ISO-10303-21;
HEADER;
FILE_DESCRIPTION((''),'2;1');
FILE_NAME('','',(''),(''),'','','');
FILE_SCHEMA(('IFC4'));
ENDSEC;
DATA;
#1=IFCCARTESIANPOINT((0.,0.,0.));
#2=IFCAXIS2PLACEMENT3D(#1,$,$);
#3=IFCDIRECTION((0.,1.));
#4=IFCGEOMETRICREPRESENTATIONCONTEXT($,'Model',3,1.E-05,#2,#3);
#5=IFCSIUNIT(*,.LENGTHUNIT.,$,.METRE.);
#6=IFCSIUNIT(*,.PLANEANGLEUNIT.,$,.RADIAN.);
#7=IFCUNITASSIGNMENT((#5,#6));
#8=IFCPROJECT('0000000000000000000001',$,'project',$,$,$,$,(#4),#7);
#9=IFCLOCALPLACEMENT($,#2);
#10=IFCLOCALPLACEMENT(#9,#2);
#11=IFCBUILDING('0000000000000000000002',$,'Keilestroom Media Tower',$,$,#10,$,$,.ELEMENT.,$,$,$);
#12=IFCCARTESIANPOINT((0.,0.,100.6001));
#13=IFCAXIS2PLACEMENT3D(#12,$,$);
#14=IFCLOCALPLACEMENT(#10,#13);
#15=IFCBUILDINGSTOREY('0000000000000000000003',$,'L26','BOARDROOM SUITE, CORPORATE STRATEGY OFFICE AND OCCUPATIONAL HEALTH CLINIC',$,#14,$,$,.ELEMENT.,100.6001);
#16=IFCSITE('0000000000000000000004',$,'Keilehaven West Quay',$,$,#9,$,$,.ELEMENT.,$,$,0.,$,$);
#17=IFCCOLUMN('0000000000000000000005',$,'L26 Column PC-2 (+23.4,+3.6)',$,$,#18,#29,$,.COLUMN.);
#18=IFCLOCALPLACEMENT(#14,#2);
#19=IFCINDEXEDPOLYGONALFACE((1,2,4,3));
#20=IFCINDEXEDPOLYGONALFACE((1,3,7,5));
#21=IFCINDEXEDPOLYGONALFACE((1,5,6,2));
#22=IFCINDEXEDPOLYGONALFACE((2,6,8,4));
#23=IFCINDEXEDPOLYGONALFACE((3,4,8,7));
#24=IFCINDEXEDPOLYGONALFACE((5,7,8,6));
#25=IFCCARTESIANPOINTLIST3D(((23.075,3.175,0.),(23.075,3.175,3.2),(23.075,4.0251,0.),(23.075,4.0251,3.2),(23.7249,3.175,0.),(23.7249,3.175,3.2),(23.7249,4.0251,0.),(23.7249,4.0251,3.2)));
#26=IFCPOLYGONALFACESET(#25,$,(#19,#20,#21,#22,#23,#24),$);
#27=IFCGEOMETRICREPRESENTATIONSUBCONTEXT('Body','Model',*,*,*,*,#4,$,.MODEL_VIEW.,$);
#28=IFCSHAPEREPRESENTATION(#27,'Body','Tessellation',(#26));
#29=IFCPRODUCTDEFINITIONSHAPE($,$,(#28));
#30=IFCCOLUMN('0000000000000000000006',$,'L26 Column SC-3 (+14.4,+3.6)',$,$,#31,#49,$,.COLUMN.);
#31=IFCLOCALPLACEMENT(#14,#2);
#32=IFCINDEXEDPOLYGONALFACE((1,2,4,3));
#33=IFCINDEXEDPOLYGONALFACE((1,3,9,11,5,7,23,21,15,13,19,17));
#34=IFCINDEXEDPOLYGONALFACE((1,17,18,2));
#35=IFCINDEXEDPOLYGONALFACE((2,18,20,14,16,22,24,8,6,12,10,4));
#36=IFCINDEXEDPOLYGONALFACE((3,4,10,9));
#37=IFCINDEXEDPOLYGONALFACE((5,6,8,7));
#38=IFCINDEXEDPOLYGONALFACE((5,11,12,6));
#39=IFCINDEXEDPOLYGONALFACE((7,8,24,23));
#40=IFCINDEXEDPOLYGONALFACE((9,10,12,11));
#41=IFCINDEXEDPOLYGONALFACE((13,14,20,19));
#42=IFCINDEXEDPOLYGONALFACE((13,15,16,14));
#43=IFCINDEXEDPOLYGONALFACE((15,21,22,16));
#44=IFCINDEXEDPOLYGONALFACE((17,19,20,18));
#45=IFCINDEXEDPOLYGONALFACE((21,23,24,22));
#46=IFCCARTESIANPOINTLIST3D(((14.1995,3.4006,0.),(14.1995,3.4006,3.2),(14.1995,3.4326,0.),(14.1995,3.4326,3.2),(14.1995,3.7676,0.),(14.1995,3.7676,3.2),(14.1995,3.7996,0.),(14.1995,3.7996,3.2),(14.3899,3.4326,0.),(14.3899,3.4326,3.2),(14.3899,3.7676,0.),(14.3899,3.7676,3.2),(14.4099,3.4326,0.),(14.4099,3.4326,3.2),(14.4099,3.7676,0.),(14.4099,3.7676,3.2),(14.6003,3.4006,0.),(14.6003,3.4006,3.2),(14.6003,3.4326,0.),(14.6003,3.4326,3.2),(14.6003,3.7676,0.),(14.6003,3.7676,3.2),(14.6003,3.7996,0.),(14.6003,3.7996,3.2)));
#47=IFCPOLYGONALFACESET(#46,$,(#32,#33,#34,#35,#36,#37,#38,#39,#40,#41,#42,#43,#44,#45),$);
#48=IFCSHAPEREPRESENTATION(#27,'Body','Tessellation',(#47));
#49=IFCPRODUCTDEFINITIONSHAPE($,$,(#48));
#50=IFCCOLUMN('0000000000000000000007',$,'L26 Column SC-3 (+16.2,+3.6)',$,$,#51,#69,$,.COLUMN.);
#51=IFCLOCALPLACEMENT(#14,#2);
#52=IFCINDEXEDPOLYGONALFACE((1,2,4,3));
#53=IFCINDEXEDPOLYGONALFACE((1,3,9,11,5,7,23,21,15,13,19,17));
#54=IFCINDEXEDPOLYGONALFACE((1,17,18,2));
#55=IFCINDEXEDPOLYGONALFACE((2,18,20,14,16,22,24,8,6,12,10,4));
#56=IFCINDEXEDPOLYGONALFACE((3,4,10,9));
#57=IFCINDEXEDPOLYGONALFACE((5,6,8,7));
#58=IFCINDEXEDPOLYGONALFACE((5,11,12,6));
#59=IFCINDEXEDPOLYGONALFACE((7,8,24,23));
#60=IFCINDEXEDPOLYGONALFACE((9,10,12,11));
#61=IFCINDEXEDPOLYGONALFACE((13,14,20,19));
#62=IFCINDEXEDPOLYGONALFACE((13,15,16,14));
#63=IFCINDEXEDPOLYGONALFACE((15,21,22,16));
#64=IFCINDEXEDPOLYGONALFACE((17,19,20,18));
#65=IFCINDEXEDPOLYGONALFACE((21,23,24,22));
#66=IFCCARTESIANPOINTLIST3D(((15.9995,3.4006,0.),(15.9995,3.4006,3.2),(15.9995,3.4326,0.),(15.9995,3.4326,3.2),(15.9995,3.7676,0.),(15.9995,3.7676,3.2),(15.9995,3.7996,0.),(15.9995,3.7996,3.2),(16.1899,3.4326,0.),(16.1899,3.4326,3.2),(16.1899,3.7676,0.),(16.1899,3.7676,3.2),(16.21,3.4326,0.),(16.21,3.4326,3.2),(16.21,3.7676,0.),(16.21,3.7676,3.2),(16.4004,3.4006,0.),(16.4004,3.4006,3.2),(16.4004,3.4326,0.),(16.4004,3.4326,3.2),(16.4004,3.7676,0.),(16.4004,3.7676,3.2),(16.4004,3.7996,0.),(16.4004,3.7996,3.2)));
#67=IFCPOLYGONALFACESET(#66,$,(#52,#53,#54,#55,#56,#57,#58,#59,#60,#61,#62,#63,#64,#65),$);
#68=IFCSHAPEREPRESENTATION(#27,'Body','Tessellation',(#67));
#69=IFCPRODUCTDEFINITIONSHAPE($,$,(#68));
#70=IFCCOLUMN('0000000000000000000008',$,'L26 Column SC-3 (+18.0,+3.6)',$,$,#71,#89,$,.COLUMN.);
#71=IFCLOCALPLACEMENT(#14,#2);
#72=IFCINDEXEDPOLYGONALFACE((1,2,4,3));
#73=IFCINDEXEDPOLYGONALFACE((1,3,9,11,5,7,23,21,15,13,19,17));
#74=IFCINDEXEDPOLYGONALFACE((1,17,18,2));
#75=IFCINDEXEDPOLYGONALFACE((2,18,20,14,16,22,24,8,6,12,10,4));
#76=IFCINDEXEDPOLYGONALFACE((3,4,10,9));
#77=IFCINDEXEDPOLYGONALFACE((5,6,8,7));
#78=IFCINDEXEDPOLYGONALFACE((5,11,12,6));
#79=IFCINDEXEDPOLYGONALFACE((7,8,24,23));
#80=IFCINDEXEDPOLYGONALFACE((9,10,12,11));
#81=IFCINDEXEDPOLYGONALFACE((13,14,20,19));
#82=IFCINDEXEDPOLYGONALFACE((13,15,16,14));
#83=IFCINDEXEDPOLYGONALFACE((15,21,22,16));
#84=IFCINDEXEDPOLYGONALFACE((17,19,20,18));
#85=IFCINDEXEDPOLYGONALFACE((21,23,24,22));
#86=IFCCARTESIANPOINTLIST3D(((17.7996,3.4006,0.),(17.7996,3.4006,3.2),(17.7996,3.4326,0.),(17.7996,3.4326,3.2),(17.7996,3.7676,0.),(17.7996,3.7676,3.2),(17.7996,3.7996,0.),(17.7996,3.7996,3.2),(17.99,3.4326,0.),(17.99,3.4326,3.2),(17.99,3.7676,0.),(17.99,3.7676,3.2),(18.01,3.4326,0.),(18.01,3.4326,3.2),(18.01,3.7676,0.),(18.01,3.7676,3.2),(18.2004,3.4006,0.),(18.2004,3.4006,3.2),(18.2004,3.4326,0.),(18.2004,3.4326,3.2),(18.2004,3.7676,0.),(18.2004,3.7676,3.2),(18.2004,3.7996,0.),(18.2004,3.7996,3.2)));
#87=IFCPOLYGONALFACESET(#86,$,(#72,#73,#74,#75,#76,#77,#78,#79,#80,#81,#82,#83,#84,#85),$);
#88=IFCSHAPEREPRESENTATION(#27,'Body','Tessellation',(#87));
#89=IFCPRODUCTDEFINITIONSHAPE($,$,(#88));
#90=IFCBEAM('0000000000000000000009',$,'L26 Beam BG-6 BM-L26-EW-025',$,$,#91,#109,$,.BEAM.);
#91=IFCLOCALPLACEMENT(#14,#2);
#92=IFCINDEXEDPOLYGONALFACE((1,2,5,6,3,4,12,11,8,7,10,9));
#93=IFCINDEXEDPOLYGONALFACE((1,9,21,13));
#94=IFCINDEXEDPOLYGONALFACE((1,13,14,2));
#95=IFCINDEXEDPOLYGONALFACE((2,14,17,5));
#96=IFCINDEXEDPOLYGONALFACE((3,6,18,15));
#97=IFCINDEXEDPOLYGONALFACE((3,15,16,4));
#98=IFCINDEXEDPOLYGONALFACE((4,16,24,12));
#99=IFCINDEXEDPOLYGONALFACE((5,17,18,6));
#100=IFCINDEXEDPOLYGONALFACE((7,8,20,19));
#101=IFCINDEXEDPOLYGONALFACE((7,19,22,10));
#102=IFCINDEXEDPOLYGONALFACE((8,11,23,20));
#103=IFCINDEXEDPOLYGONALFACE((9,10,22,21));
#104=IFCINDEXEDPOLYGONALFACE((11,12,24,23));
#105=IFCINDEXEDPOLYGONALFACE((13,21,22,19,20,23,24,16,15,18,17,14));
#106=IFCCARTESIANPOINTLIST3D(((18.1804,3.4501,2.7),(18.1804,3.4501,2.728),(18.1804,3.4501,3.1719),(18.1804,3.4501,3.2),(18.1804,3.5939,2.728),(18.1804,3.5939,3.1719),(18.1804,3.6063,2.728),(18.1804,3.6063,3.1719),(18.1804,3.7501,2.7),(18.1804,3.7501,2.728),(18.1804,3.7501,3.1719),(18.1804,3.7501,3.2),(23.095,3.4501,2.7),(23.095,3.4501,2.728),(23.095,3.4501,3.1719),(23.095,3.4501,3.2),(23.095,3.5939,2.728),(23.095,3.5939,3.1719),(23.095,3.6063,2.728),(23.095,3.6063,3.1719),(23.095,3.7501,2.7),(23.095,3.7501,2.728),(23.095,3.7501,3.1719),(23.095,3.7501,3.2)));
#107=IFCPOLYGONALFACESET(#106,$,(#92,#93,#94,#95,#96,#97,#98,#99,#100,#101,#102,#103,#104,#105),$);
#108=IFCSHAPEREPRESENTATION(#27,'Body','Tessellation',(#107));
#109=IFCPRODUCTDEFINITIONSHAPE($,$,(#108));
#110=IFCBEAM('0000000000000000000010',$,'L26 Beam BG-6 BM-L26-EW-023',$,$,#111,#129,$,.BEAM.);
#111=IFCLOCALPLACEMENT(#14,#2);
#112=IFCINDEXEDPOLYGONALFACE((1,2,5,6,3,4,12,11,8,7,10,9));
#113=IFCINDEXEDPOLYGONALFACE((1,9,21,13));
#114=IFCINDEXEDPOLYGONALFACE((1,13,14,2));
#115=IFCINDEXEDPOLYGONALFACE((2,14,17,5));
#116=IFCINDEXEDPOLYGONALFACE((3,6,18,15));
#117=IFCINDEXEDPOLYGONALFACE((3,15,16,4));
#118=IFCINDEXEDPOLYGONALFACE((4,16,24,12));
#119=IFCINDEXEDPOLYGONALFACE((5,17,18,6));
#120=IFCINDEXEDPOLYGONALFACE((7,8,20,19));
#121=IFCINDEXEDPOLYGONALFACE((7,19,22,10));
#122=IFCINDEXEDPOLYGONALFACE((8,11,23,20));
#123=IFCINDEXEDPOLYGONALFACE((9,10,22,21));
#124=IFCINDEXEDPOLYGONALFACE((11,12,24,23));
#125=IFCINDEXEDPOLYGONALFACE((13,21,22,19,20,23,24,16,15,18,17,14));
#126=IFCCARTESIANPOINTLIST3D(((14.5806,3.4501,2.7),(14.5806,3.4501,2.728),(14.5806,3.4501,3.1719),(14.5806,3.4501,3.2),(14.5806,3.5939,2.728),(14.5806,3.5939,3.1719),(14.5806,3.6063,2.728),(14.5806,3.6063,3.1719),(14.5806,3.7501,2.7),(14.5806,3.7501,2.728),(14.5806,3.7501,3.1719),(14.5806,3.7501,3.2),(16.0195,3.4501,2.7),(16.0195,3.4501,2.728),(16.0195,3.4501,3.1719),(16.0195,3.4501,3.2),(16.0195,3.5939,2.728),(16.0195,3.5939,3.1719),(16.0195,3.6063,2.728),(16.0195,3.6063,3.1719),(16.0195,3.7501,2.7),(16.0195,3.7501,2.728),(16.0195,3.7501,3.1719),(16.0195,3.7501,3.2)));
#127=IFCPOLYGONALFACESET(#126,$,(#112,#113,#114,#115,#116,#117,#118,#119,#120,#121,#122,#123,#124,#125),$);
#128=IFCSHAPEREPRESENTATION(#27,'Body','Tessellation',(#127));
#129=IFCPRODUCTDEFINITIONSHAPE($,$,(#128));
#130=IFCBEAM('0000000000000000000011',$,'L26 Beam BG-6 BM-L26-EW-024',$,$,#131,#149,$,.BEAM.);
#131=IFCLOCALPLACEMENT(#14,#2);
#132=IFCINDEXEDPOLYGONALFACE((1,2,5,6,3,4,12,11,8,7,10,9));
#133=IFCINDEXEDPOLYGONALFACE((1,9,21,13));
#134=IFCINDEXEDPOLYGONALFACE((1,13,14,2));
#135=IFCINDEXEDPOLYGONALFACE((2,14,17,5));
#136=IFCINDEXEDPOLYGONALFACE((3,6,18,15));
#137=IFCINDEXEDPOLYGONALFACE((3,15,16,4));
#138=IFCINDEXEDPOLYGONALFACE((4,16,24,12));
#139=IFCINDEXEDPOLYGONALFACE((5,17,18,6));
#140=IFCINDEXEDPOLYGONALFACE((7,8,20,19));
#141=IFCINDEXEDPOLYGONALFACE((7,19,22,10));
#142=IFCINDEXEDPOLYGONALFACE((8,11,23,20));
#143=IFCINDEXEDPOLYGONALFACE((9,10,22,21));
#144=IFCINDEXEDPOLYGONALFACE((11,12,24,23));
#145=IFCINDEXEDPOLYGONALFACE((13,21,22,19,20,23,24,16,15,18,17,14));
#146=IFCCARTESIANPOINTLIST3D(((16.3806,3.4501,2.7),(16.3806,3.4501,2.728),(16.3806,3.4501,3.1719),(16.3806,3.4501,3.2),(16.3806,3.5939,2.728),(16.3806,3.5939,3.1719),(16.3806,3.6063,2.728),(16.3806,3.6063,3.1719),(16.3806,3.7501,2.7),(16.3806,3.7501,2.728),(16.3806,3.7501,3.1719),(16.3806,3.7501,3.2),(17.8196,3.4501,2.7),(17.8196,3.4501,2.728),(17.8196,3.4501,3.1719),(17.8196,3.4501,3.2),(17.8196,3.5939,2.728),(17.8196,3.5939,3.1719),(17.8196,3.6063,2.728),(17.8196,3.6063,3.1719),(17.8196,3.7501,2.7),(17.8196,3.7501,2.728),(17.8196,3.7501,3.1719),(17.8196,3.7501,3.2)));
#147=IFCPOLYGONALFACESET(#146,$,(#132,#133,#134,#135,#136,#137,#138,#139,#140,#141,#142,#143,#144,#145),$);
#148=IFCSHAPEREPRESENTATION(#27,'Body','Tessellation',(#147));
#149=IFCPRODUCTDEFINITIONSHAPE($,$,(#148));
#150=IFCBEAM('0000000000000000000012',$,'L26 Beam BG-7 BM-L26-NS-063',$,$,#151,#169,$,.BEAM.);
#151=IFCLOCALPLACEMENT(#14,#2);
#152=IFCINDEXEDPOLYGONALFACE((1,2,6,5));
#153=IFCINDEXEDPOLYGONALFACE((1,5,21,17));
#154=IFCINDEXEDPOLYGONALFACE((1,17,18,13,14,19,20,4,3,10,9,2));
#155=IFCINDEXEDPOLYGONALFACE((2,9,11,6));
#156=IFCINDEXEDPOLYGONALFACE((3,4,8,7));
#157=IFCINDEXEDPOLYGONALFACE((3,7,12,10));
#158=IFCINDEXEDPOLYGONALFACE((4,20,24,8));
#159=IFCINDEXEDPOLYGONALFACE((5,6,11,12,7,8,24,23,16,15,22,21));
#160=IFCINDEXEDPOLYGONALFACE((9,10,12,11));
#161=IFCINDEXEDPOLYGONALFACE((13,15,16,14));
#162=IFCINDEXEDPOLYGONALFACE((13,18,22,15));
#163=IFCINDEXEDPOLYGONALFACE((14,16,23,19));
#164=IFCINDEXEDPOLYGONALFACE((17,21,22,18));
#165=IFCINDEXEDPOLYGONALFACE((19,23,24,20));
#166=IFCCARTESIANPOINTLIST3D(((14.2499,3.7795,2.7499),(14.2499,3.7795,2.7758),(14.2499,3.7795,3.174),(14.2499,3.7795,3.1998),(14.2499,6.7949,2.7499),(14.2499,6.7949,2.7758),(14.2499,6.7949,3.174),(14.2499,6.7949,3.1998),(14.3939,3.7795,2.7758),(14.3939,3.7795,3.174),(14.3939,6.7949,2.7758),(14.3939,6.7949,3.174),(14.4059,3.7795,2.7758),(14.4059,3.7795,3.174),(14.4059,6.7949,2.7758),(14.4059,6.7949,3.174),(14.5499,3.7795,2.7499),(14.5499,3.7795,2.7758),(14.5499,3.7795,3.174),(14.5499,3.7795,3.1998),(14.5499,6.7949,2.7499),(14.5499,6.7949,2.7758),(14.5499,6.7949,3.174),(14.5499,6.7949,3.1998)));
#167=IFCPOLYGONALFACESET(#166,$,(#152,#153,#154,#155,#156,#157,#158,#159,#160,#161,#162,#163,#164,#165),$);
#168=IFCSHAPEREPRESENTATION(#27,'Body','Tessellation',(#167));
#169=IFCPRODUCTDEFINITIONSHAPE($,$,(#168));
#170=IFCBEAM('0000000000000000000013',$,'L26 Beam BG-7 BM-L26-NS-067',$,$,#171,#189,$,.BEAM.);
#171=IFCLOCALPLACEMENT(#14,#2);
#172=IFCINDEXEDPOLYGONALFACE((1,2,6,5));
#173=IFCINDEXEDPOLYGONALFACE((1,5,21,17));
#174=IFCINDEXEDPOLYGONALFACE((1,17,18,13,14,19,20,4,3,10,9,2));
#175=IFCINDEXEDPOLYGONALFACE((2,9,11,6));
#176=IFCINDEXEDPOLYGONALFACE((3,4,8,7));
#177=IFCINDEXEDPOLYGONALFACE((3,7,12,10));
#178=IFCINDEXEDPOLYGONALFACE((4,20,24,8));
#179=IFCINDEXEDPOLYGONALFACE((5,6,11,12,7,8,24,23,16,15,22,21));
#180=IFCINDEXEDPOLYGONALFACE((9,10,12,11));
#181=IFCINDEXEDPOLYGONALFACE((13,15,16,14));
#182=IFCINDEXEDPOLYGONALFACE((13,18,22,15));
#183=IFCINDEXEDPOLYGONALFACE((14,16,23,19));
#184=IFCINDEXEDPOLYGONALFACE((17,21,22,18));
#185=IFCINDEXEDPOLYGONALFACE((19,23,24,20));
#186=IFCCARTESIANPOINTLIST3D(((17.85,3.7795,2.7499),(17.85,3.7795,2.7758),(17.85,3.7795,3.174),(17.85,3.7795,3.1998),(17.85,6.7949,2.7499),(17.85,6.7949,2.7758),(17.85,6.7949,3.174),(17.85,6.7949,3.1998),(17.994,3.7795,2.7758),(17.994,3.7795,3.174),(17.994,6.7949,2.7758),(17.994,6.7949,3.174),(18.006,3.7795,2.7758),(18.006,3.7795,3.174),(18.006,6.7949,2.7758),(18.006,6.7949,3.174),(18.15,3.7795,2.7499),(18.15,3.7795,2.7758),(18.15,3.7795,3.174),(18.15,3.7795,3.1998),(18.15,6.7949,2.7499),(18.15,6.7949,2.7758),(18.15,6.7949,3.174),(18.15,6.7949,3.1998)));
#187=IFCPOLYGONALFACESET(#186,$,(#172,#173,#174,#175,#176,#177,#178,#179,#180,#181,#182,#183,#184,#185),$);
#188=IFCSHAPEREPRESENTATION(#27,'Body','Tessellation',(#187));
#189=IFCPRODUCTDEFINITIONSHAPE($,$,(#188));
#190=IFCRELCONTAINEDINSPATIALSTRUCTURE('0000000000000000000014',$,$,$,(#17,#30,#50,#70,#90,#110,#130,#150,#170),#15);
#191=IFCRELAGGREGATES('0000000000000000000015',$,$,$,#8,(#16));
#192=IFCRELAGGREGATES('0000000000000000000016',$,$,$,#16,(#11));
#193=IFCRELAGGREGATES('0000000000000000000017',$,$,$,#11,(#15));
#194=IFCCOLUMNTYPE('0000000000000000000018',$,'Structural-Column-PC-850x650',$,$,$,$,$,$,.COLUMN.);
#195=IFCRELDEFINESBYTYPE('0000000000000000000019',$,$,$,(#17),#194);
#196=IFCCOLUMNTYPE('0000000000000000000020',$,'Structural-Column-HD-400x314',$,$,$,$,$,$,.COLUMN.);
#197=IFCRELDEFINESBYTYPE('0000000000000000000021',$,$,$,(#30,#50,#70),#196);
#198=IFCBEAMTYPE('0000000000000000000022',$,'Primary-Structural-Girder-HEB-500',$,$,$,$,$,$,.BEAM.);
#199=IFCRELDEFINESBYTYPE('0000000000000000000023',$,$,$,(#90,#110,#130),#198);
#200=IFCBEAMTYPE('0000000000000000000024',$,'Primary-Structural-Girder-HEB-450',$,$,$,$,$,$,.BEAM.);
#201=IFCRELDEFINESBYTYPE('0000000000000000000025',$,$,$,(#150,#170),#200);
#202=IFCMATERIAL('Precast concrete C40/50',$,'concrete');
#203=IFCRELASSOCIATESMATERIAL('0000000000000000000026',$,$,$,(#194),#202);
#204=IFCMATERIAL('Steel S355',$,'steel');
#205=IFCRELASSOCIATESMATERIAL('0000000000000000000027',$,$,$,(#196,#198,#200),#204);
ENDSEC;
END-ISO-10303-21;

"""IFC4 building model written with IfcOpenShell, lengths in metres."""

from ifc_helpers import new_model, si_unit, direction, frame, origin, origin_2d, place, context, subcontext, project, spatial, rectangle, i_section, extrude, source, transform, mapped, material, material_profile, profile_set, type_object, element, save


model = new_model("IFC4")

# Units and contexts
model_context = context("Model", 3, precision=1e-05, world=origin(), true_north=direction((0.0, 1.0)))
body_context = subcontext(model_context, "Body", "Model", "MODEL_VIEW")
ifc_project = project(units=[si_unit("LENGTHUNIT", "METRE"), si_unit("PLANEANGLEUNIT", "RADIAN")], contexts=[model_context])

# Site, building, storey
site_placement = place(None, origin())
site = spatial("IfcSite", under=ifc_project, at=site_placement, Name="Keilehaven West Quay", CompositionType="ELEMENT", RefElevation=0.0)
building_placement = place(site_placement, origin())
building = spatial("IfcBuilding", under=site, at=building_placement, Name="Keilestroom Media Tower", CompositionType="ELEMENT")
storey_placement = place(building_placement, frame((0.0, 0.0, 100.6001)))
storey = spatial("IfcBuildingStorey", under=building, at=storey_placement, Name="L26", Description="BOARDROOM SUITE, CORPORATE STRATEGY OFFICE AND OCCUPATIONAL HEALTH CLINIC", CompositionType="ELEMENT", Elevation=100.6001)

# Columns
ifc_material_1 = material(Name="Precast concrete C40/50", Category="concrete")
ifc_material_profile_1 = material_profile(ifc_material_1, rectangle(XDim=0.6499, YDim=0.8501, at=origin_2d()), Name="PC 850x650")
ifc_profile_set_1 = profile_set([ifc_material_profile_1], Name="Precast concrete C40/50")
column_type_1 = type_object("IfcColumnType", Name="Structural-Column-PC-850x650", PredefinedType="COLUMN", material=ifc_profile_set_1)
shared_shape_1 = source(origin(), body_context, "Body", "SweptSolid", [
    extrude(rectangle(XDim=0.6499, YDim=0.8501, at=origin_2d()), origin(), (0.0, 0.0, 1.0), 3.2),
])
column_placement = place(storey_placement, frame((23.3999, 3.6001, 0.0), z_axis=(0.0, 0.0, 1.0), x_axis=(1.0, 0.0, 0.0)))
element("IfcColumn", 1, at=column_placement, inside=storey, type_object=column_type_1, Name="L26 Column PC-2 (+23.4,+3.6)", PredefinedType="COLUMN", context=body_context, shape_type="MappedRepresentation", body=[
    mapped(shared_shape_1, transform((0.0, 0.0, 0.0), x_axis=(1.0, 0.0, 0.0), y_axis=(0.0, 1.0, 0.0), z_axis=(0.0, 0.0, 1.0), scale=1.0)),
])
ifc_material_2 = material(Name="Steel S355", Category="steel")
ifc_material_profile_2 = material_profile(ifc_material_2, i_section(OverallWidth=0.4009, OverallDepth=0.3989, WebThickness=0.02, FlangeThickness=0.032, at=origin_2d()), Name="HD 400x314")
ifc_profile_set_2 = profile_set([ifc_material_profile_2], Name="Steel S355")
column_type_2 = type_object("IfcColumnType", Name="Structural-Column-HD-400x314", PredefinedType="COLUMN", material=ifc_profile_set_2)
shared_shape_2 = source(origin(), body_context, "Body", "SweptSolid", [
    extrude(i_section(OverallWidth=0.4009, OverallDepth=0.3989, WebThickness=0.02, FlangeThickness=0.032, at=origin_2d()), origin(), (0.0, 0.0, 1.0), 3.2),
])
for number, where, z_axis, x_axis, name in (
    (2, (14.3999, 3.6001, 0.0), (0.0, 0.0, 1.0), (1.0, 0.0, 0.0), "L26 Column SC-3 (+14.4,+3.6)"),
    (3, (16.2, 3.6001, 0.0), (0.0, 0.0, 1.0), (1.0, 0.0, 0.0), "L26 Column SC-3 (+16.2,+3.6)"),
    (4, (18.0, 3.6001, 0.0), (0.0, 0.0, 1.0), (1.0, 0.0, 0.0), "L26 Column SC-3 (+18.0,+3.6)"),
):
    element("IfcColumn", number, at=place(storey_placement, frame(where, z_axis=z_axis, x_axis=x_axis)), inside=storey, type_object=column_type_2, Name=name, PredefinedType="COLUMN", context=body_context, shape_type="MappedRepresentation", body=[
        mapped(shared_shape_2, transform((0.0, 0.0, 0.0), x_axis=(1.0, 0.0, 0.0), y_axis=(0.0, 1.0, 0.0), z_axis=(0.0, 0.0, 1.0), scale=1.0)),
    ])

# Beams
ifc_material_profile_3 = material_profile(ifc_material_2, i_section(OverallWidth=0.3, OverallDepth=0.5, WebThickness=0.0125, FlangeThickness=0.0281, at=origin_2d()), Name="HEB 500")
ifc_profile_set_3 = profile_set([ifc_material_profile_3], Name="Steel S355")
beam_type_1 = type_object("IfcBeamType", Name="Primary-Structural-Girder-HEB-500", PredefinedType="BEAM", material=ifc_profile_set_3)
shared_shape_3 = source(origin(), body_context, "Body", "SweptSolid", [
    extrude(i_section(OverallWidth=0.3, OverallDepth=0.5, WebThickness=0.0125, FlangeThickness=0.0281, at=origin_2d()), origin(), (0.0, 0.0, 1.0), 4.9146),
])
beam_placement = place(storey_placement, frame((18.1804, 3.6001, 2.95), z_axis=(1.0, 0.0, 0.0), x_axis=(0.0, 1.0, 0.0)))
element("IfcBeam", 5, at=beam_placement, inside=storey, type_object=beam_type_1, Name="L26 Beam BG-6 BM-L26-EW-025", PredefinedType="BEAM", context=body_context, shape_type="MappedRepresentation", body=[
    mapped(shared_shape_3, transform((0.0, 0.0, 0.0), x_axis=(1.0, 0.0, 0.0), y_axis=(0.0, 1.0, 0.0), z_axis=(0.0, 0.0, 1.0), scale=1.0)),
])
shared_shape_4 = source(origin(), body_context, "Body", "SweptSolid", [
    extrude(i_section(OverallWidth=0.3, OverallDepth=0.5, WebThickness=0.0125, FlangeThickness=0.0281, at=origin_2d()), origin(), (0.0, 0.0, 1.0), 1.439),
])
for number, where, z_axis, x_axis, name in (
    (6, (14.5806, 3.6001, 2.95), (1.0, 0.0, 0.0), (0.0, 1.0, 0.0), "L26 Beam BG-6 BM-L26-EW-023"),
    (7, (16.3806, 3.6001, 2.95), (1.0, 0.0, 0.0), (0.0, 1.0, 0.0), "L26 Beam BG-6 BM-L26-EW-024"),
):
    element("IfcBeam", number, at=place(storey_placement, frame(where, z_axis=z_axis, x_axis=x_axis)), inside=storey, type_object=beam_type_1, Name=name, PredefinedType="BEAM", context=body_context, shape_type="MappedRepresentation", body=[
        mapped(shared_shape_4, transform((0.0, 0.0, 0.0), x_axis=(1.0, 0.0, 0.0), y_axis=(0.0, 1.0, 0.0), z_axis=(0.0, 0.0, 1.0), scale=1.0)),
    ])
ifc_material_profile_4 = material_profile(ifc_material_2, i_section(OverallWidth=0.3, OverallDepth=0.45, WebThickness=0.012, FlangeThickness=0.0259, at=origin_2d()), Name="HEB 450")
ifc_profile_set_4 = profile_set([ifc_material_profile_4], Name="Steel S355")
beam_type_2 = type_object("IfcBeamType", Name="Primary-Structural-Girder-HEB-450", PredefinedType="BEAM", material=ifc_profile_set_4)
shared_shape_5 = source(origin(), body_context, "Body", "SweptSolid", [
    extrude(i_section(OverallWidth=0.3, OverallDepth=0.45, WebThickness=0.012, FlangeThickness=0.0259, at=origin_2d()), origin(), (0.0, 0.0, 1.0), 3.0154),
])
for number, where, z_axis, x_axis, name in (
    (8, (14.3999, 3.7795, 2.9749), (0.0, 1.0, 0.0), (-1.0, 0.0, 0.0), "L26 Beam BG-7 BM-L26-NS-063"),
    (9, (18.0, 3.7795, 2.9749), (0.0, 1.0, 0.0), (-1.0, 0.0, 0.0), "L26 Beam BG-7 BM-L26-NS-067"),
):
    element("IfcBeam", number, at=place(storey_placement, frame(where, z_axis=z_axis, x_axis=x_axis)), inside=storey, type_object=beam_type_2, Name=name, PredefinedType="BEAM", context=body_context, shape_type="MappedRepresentation", body=[
        mapped(shared_shape_5, transform((0.0, 0.0, 0.0), x_axis=(1.0, 0.0, 0.0), y_axis=(0.0, 1.0, 0.0), z_axis=(0.0, 0.0, 1.0), scale=1.0)),
    ])

save(model, "model.ifc")
